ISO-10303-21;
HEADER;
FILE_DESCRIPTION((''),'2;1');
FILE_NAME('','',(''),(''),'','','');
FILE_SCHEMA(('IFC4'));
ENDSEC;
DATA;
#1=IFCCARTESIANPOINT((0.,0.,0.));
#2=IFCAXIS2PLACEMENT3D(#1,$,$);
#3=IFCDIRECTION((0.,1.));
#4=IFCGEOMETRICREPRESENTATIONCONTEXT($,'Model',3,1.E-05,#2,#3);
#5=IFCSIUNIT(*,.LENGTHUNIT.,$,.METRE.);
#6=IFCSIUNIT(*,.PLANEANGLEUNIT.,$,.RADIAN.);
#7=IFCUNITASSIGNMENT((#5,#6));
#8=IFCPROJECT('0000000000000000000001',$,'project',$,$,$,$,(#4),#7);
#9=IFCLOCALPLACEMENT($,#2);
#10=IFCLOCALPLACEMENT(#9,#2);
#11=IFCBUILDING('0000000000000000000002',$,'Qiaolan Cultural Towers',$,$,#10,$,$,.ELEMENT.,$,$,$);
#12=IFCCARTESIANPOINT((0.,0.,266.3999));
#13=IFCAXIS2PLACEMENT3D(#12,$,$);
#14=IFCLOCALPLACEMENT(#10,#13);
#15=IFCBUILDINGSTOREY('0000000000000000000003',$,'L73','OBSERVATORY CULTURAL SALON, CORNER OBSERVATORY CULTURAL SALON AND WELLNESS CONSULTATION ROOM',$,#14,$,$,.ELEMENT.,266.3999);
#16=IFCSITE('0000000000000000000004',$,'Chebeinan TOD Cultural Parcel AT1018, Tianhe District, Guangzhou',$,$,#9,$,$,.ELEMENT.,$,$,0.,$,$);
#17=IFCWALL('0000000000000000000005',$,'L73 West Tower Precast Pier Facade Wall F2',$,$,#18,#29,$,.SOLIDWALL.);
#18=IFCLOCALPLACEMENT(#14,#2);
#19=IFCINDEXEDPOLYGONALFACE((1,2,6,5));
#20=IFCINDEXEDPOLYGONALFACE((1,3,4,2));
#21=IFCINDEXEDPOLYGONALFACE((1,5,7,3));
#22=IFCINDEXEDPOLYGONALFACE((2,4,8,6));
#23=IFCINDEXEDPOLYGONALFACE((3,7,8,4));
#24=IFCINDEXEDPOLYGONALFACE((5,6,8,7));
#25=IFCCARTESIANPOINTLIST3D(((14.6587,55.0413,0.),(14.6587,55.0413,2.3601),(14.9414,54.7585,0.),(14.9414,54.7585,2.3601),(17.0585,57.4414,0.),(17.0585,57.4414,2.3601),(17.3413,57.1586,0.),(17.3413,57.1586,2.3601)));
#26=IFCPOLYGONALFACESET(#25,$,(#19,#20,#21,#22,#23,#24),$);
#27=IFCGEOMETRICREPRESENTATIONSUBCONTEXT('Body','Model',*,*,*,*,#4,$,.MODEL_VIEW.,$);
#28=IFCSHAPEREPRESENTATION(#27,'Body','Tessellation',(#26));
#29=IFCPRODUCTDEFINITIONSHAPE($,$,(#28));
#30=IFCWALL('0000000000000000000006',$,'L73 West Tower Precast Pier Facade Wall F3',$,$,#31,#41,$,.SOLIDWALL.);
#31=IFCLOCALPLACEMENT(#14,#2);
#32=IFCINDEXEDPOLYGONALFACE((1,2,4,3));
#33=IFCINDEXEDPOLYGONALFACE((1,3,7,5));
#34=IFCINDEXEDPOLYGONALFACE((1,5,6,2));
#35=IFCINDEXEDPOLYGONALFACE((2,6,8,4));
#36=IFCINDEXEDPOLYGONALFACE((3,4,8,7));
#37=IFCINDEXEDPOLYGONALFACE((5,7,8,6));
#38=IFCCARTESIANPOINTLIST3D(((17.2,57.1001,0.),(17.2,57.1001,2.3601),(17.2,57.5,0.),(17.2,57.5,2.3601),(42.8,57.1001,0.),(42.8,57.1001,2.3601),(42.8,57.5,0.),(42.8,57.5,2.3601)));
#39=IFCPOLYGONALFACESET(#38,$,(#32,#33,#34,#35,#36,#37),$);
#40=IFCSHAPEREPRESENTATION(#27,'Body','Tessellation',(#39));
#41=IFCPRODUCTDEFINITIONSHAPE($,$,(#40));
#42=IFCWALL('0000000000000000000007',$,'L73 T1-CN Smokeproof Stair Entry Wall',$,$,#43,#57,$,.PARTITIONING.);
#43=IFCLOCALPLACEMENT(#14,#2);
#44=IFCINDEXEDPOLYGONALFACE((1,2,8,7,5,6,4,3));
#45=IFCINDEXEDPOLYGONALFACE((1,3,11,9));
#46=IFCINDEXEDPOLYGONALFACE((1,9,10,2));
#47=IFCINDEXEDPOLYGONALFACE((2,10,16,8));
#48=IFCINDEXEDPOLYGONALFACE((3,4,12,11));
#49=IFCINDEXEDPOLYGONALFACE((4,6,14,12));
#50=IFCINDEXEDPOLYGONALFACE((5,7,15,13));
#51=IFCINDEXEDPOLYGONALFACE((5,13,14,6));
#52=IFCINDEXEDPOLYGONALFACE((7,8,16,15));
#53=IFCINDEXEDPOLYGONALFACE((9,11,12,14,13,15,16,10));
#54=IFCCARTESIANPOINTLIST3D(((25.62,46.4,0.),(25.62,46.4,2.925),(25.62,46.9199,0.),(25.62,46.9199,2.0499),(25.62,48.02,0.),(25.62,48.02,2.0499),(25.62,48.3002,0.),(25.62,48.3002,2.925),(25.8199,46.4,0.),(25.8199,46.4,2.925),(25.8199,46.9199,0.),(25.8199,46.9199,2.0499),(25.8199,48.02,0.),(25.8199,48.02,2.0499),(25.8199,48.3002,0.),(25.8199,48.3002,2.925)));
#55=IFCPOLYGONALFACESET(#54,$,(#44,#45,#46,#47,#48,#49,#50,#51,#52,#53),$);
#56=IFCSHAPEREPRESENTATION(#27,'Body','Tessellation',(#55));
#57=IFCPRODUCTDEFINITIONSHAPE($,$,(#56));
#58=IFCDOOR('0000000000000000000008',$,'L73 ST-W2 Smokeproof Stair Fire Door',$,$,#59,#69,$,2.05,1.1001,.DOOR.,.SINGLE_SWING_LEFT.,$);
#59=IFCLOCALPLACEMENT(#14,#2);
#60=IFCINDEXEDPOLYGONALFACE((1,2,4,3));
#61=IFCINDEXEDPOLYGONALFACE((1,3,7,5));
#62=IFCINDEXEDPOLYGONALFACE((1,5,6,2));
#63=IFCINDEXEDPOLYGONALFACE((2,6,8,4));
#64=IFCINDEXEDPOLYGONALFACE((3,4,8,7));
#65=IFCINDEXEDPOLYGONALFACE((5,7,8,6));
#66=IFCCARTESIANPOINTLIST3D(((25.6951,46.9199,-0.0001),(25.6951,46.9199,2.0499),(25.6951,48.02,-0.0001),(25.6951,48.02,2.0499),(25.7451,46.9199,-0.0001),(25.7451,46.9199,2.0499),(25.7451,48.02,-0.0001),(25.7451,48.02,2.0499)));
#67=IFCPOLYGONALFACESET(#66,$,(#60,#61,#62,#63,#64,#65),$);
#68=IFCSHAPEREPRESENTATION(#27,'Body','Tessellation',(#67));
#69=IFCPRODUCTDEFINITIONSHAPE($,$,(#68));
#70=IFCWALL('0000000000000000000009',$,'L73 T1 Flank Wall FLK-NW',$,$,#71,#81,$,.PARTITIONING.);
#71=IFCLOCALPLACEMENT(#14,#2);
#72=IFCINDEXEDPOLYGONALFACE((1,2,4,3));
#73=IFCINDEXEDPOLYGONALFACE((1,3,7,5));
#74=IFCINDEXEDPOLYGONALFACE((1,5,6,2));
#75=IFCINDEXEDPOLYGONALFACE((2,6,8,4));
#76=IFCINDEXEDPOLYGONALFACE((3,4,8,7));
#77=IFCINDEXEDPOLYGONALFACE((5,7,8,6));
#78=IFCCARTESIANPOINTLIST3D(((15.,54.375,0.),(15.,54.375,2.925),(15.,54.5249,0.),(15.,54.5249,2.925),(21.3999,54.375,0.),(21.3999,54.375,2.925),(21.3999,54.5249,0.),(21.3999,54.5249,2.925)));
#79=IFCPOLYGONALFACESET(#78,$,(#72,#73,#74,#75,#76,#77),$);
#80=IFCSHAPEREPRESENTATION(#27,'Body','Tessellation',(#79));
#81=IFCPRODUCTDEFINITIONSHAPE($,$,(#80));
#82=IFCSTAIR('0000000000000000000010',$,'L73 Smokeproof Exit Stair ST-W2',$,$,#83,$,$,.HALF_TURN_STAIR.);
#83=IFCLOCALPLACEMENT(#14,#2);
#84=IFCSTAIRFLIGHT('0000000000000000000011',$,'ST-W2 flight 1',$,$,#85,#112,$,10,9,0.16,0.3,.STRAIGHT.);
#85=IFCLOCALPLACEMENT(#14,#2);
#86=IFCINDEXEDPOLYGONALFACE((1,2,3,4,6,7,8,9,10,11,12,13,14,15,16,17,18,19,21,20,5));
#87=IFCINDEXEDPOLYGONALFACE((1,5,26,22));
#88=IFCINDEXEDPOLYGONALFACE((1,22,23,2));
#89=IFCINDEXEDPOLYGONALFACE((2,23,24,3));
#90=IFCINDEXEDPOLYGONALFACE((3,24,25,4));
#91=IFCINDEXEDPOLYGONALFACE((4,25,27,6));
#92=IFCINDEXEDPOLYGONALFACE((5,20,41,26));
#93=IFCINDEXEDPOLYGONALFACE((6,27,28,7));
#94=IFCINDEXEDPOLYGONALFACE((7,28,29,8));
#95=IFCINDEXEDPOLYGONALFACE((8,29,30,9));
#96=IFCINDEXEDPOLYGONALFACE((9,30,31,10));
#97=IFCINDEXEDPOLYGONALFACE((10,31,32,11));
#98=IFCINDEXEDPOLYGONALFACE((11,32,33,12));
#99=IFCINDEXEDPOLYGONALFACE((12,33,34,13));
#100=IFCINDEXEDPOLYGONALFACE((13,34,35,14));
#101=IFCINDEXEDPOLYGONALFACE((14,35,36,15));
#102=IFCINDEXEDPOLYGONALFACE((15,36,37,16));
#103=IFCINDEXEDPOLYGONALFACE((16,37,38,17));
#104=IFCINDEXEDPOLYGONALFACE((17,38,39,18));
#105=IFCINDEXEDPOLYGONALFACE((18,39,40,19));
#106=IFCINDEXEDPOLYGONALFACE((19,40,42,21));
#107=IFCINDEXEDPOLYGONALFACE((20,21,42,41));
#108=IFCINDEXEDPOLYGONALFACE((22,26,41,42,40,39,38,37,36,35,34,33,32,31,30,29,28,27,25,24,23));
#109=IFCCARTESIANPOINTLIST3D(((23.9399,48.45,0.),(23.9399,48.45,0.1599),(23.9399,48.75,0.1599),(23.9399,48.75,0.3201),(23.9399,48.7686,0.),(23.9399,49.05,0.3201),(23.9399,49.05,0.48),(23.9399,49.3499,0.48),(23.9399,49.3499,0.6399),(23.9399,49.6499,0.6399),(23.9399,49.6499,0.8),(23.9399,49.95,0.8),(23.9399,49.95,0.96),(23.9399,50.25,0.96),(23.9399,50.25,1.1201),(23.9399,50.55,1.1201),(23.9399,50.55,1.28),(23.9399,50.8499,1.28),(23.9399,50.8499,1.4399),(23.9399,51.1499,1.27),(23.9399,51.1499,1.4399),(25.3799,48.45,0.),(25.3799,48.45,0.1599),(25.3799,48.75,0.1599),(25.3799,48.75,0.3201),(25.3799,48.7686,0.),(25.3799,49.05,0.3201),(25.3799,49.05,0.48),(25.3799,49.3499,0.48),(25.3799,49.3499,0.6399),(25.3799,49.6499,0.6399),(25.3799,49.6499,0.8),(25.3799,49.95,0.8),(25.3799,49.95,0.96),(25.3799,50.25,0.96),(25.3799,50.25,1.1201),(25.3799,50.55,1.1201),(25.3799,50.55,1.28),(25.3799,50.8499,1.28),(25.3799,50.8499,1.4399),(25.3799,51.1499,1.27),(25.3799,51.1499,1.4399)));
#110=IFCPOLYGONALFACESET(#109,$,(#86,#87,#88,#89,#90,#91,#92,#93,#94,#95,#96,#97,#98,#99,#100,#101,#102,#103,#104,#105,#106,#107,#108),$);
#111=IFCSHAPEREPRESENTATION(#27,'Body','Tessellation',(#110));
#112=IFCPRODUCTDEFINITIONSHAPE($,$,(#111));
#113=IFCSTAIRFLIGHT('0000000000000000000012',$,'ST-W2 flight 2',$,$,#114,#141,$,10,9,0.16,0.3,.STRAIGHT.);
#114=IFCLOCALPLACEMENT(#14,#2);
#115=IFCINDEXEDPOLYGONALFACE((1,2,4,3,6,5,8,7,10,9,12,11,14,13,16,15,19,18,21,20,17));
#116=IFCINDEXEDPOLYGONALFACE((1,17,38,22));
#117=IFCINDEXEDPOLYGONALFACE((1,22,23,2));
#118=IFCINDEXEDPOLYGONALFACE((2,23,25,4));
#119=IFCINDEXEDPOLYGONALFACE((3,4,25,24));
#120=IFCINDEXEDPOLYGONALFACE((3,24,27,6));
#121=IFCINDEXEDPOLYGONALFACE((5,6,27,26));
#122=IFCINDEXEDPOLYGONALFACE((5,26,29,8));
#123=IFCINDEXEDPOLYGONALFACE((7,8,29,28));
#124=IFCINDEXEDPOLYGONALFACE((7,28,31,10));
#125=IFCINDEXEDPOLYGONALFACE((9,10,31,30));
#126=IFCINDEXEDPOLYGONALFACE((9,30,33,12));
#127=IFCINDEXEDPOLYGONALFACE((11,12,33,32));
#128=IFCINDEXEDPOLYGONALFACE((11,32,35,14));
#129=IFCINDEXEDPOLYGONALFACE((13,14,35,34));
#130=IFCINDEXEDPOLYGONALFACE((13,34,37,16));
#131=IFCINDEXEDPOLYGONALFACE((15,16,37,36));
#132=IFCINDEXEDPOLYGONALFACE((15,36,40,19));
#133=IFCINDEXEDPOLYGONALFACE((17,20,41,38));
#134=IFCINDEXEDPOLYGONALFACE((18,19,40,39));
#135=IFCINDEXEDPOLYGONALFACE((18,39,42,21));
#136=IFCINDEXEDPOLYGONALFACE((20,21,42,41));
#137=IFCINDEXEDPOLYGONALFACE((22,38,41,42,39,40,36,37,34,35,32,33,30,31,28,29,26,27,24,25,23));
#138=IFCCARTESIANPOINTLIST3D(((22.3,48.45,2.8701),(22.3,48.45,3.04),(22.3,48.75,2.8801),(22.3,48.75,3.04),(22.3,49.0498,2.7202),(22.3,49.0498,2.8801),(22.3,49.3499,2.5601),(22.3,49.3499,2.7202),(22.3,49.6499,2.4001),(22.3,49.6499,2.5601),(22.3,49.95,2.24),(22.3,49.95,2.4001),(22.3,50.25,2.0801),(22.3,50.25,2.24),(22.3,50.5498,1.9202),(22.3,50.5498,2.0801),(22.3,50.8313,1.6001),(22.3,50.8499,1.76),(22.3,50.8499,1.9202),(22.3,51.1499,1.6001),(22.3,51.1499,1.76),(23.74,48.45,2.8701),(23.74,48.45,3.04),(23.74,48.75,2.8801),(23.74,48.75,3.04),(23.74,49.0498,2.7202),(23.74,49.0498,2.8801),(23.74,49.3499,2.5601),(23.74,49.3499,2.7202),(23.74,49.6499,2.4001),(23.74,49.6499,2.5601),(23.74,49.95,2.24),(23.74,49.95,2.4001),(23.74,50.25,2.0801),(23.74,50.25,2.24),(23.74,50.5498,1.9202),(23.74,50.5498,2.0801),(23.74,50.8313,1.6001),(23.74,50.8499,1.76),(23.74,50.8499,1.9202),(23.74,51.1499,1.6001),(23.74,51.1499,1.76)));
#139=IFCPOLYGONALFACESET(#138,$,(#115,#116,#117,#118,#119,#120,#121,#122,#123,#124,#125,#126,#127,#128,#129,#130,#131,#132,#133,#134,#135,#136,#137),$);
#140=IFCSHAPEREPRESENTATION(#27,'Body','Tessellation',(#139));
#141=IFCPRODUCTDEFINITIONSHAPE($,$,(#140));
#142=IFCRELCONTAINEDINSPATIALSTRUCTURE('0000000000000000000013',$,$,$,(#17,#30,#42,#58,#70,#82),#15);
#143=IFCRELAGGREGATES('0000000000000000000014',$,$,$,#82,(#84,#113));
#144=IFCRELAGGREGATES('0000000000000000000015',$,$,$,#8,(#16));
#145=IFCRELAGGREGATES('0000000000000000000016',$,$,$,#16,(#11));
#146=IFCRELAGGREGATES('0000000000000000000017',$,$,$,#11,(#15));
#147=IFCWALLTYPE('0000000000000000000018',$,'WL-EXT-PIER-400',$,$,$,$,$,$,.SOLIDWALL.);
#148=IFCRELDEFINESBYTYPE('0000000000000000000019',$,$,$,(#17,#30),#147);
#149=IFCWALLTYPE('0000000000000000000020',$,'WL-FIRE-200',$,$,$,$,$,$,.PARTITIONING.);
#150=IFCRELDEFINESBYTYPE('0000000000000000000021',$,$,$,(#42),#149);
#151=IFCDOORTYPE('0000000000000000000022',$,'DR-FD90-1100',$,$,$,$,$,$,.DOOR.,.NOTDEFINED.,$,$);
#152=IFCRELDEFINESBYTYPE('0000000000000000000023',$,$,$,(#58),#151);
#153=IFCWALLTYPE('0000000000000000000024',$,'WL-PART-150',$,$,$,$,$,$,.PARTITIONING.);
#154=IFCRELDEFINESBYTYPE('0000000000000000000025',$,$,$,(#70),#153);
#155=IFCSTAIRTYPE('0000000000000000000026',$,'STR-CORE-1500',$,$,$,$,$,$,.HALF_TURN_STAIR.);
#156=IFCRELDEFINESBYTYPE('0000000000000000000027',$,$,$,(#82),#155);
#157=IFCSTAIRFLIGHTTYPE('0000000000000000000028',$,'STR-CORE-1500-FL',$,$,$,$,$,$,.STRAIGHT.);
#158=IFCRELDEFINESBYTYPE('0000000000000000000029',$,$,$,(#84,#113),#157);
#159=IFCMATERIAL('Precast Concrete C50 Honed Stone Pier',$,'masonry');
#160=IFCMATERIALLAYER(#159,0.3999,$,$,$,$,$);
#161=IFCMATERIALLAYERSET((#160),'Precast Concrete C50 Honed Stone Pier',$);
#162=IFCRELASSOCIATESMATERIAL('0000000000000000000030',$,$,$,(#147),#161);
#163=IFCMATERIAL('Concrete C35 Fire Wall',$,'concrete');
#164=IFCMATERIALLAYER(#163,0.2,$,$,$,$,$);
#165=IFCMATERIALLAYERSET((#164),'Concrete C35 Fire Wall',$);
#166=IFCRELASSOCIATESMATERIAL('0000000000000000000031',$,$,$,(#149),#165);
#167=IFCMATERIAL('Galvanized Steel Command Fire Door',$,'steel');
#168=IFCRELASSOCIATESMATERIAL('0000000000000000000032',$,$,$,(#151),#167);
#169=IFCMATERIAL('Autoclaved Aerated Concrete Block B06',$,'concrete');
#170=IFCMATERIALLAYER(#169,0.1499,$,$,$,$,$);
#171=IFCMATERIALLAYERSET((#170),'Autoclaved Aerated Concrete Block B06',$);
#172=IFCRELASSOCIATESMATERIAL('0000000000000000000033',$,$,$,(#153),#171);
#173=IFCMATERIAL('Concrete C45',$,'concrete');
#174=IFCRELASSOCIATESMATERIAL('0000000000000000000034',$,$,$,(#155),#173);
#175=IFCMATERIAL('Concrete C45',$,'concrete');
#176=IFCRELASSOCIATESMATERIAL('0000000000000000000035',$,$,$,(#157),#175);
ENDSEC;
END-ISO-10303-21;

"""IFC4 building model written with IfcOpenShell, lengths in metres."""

from ifc_helpers import new_model, si_unit, direction, frame, frame_2d, origin, place, context, subcontext, project, spatial, polyline, rectangle, outline, extrude, material, layer, layer_set, type_object, element, fill, aggregate, save


model = new_model("IFC4")

# Units and contexts
model_context = context("Model", 3, precision=1e-05, world=origin(), true_north=direction((0.0, 1.0)))
body_context = subcontext(model_context, "Body", "Model", "MODEL_VIEW")
ifc_project = project(units=[si_unit("LENGTHUNIT", "METRE"), si_unit("PLANEANGLEUNIT", "RADIAN")], contexts=[model_context])

# Site, building, storey
site_placement = place(None, origin())
site = spatial("IfcSite", under=ifc_project, at=site_placement, Name="Chebeinan TOD Cultural Parcel AT1018, Tianhe District, Guangzhou", CompositionType="ELEMENT", RefElevation=0.0)
building_placement = place(site_placement, origin())
building = spatial("IfcBuilding", under=site, at=building_placement, Name="Qiaolan Cultural Towers", CompositionType="ELEMENT")
storey_placement = place(building_placement, frame((0.0, 0.0, 266.3999)))
storey = spatial("IfcBuildingStorey", under=building, at=storey_placement, Name="L73", Description="OBSERVATORY CULTURAL SALON, CORNER OBSERVATORY CULTURAL SALON AND WELLNESS CONSULTATION ROOM", CompositionType="ELEMENT", Elevation=266.3999)

# Walls
ifc_material_1 = material(Name="Precast Concrete C50 Honed Stone Pier", Category="masonry")
ifc_layer_1 = layer(ifc_material_1, 0.3999)
ifc_layer_set_1 = layer_set([ifc_layer_1], Name="Precast Concrete C50 Honed Stone Pier")
wall_type_1 = type_object("IfcWallType", Name="WL-EXT-PIER-400", PredefinedType="SOLIDWALL", material=ifc_layer_set_1)
wall_1_placement = place(storey_placement, frame((14.8, 54.8999, 0.0), z_axis=(0.0, 0.0, 1.0), x_axis=(0.707071, 0.707143, 0.0)))
element("IfcWall", 1, at=wall_1_placement, inside=storey, type_object=wall_type_1, Name="L73 West Tower Precast Pier Facade Wall F2", PredefinedType="SOLIDWALL", context=body_context, shape_type="SweptSolid", body=[
    extrude(rectangle(XDim=3.394, YDim=0.3999, at=frame_2d((1.697, 0.0))), origin(), (0.0, 0.0, 1.0), 2.3601),
])
wall_2_placement = place(storey_placement, frame((17.2, 57.3, 0.0), z_axis=(0.0, 0.0, 1.0), x_axis=(1.0, 0.0, 0.0)))
element("IfcWall", 2, at=wall_2_placement, inside=storey, type_object=wall_type_1, Name="L73 West Tower Precast Pier Facade Wall F3", PredefinedType="SOLIDWALL", context=body_context, shape_type="SweptSolid", body=[
    extrude(rectangle(XDim=25.6001, YDim=0.3999, at=frame_2d((12.8, 0.0))), origin(), (0.0, 0.0, 1.0), 2.3601),
])

# Wall, opening, door
ifc_material_2 = material(Name="Concrete C35 Fire Wall", Category="concrete")
ifc_layer_2 = layer(ifc_material_2, 0.2)
ifc_layer_set_2 = layer_set([ifc_layer_2], Name="Concrete C35 Fire Wall")
wall_type_2 = type_object("IfcWallType", Name="WL-FIRE-200", PredefinedType="PARTITIONING", material=ifc_layer_set_2)
wall_3_placement = place(storey_placement, frame((25.72, 46.3999, 0.0), z_axis=(0.0, 0.0, 1.0), x_axis=(0.0, 1.0, 0.0)))
wall_3 = element("IfcWall", 3, at=wall_3_placement, inside=storey, type_object=wall_type_2, Name="L73 T1-CN Smokeproof Stair Entry Wall", PredefinedType="PARTITIONING", context=body_context, shape_type="SweptSolid", body=[
    extrude(rectangle(XDim=1.9001, YDim=0.2, at=frame_2d((0.9502, 0.0))), origin(), (0.0, 0.0, 1.0), 2.925),
])
opening_placement = place(wall_3_placement, frame((0.52, 0.0, 0.0)))
opening = element("IfcOpeningElement", 4, at=opening_placement, cuts=wall_3, PredefinedType="OPENING", context=body_context, shape_type="SweptSolid", body=[
    extrude(rectangle(XDim=1.1001, YDim=2.05, at=frame_2d((0.55, 1.0249))), frame((0.0, 0.1099, 0.0), z_axis=(0.0, -1.0, 0.0), x_axis=(1.0, 0.0, 0.0)), (0.0, 0.0, 1.0), 0.22),
])
ifc_material_3 = material(Name="Galvanized Steel Command Fire Door", Category="steel")
door_type = type_object("IfcDoorType", Name="DR-FD90-1100", OperationType="NOTDEFINED", PredefinedType="DOOR", material=ifc_material_3)
door_placement = place(opening_placement, origin())
door = element("IfcDoor", 5, at=door_placement, inside=storey, type_object=door_type, Name="L73 ST-W2 Smokeproof Stair Fire Door", OperationType="SINGLE_SWING_LEFT", OverallHeight=2.05, OverallWidth=1.1001, PredefinedType="DOOR", context=body_context, shape_type="SweptSolid", body=[
    extrude(rectangle(XDim=1.1001, YDim=2.05, at=frame_2d((0.55, 1.0249))), frame((0.0, 0.0249, 0.0), z_axis=(0.0, -1.0, 0.0), x_axis=(1.0, 0.0, 0.0)), (0.0, 0.0, 1.0), 0.05),
])
fill(opening, door)

# Wall
ifc_material_4 = material(Name="Autoclaved Aerated Concrete Block B06", Category="concrete")
ifc_layer_3 = layer(ifc_material_4, 0.1499)
ifc_layer_set_3 = layer_set([ifc_layer_3], Name="Autoclaved Aerated Concrete Block B06")
wall_type_3 = type_object("IfcWallType", Name="WL-PART-150", PredefinedType="PARTITIONING", material=ifc_layer_set_3)
wall_4_placement = place(storey_placement, frame((15.0, 54.45, 0.0), z_axis=(0.0, 0.0, 1.0), x_axis=(1.0, 0.0, 0.0)))
element("IfcWall", 6, at=wall_4_placement, inside=storey, type_object=wall_type_3, Name="L73 T1 Flank Wall FLK-NW", PredefinedType="PARTITIONING", context=body_context, shape_type="SweptSolid", body=[
    extrude(rectangle(XDim=6.3999, YDim=0.1499, at=frame_2d((3.2, 0.0))), origin(), (0.0, 0.0, 1.0), 2.925),
])

# Stair, stair flights
ifc_material_5 = material(Name="Concrete C45", Category="concrete")
stair_type = type_object("IfcStairType", Name="STR-CORE-1500", PredefinedType="HALF_TURN_STAIR", material=ifc_material_5)
stair_placement = place(storey_placement, origin())
stair = element("IfcStair", 7, at=stair_placement, inside=storey, type_object=stair_type, Name="L73 Smokeproof Exit Stair ST-W2", PredefinedType="HALF_TURN_STAIR")
ifc_material_6 = material(Name="Concrete C45", Category="concrete")
stair_flight_type = type_object("IfcStairFlightType", Name="STR-CORE-1500-FL", PredefinedType="STRAIGHT", material=ifc_material_6)
stair_flight_1_placement = place(storey_placement, frame((24.6599, 48.45, 0.0), z_axis=(0.0, 0.0, 1.0), x_axis=(0.0, 1.0, 0.0)))
stair_flight_1 = element("IfcStairFlight", 8, at=stair_flight_1_placement, type_object=stair_flight_type, Name="ST-W2 flight 1", NumberOfRisers=10, NumberOfTreads=9, PredefinedType="STRAIGHT", RiserHeight=0.16, TreadLength=0.3, context=body_context, shape_type="SweptSolid", body=[
    extrude(outline(polyline([(0.0, 0.0), (0.0, 0.1599), (0.3, 0.1599), (0.3, 0.3201), (0.6001, 0.3201), (0.6001, 0.48), (0.8999, 0.48), (0.8999, 0.6399), (1.2, 0.6399), (1.2, 0.8), (1.5, 0.8), (1.5, 0.96), (1.8, 0.96), (1.8, 1.1201), (2.1001, 1.1201), (2.1001, 1.28), (2.3999, 1.28), (2.3999, 1.4399), (2.7, 1.4399), (2.7, 1.6001), (2.7, 1.27), (0.3186, 0.0), (0.0, 0.0)])), frame((0.0, 0.72, 0.0), z_axis=(0.0, -1.0, 0.0), x_axis=(1.0, 0.0, 0.0)), (0.0, 0.0, 1.0), 1.4399),
])
stair_flight_2_placement = place(storey_placement, frame((23.02, 51.1499, 1.6001), z_axis=(0.0, 0.0, 1.0), x_axis=(0.0, -1.0, 0.0)))
stair_flight_2 = element("IfcStairFlight", 9, at=stair_flight_2_placement, type_object=stair_flight_type, Name="ST-W2 flight 2", NumberOfRisers=10, NumberOfTreads=9, PredefinedType="STRAIGHT", RiserHeight=0.16, TreadLength=0.3, context=body_context, shape_type="SweptSolid", body=[
    extrude(outline(polyline([(0.0, 0.0), (0.0, 0.1599), (0.3, 0.1599), (0.3, 0.3201), (0.6001, 0.3201), (0.6001, 0.48), (0.8999, 0.48), (0.8999, 0.6399), (1.2, 0.6399), (1.2, 0.8), (1.5, 0.8), (1.5, 0.96), (1.8, 0.96), (1.8, 1.1201), (2.1001, 1.1201), (2.1001, 1.28), (2.3999, 1.28), (2.3999, 1.4399), (2.7, 1.4399), (2.7, 1.6001), (2.7, 1.27), (0.3186, 0.0), (0.0, 0.0)])), frame((0.0, 0.72, 0.0), z_axis=(0.0, -1.0, 0.0), x_axis=(1.0, 0.0, 0.0)), (0.0, 0.0, 1.0), 1.4399),
])
aggregate(stair, [stair_flight_1, stair_flight_2])

save(model, "model.ifc")
